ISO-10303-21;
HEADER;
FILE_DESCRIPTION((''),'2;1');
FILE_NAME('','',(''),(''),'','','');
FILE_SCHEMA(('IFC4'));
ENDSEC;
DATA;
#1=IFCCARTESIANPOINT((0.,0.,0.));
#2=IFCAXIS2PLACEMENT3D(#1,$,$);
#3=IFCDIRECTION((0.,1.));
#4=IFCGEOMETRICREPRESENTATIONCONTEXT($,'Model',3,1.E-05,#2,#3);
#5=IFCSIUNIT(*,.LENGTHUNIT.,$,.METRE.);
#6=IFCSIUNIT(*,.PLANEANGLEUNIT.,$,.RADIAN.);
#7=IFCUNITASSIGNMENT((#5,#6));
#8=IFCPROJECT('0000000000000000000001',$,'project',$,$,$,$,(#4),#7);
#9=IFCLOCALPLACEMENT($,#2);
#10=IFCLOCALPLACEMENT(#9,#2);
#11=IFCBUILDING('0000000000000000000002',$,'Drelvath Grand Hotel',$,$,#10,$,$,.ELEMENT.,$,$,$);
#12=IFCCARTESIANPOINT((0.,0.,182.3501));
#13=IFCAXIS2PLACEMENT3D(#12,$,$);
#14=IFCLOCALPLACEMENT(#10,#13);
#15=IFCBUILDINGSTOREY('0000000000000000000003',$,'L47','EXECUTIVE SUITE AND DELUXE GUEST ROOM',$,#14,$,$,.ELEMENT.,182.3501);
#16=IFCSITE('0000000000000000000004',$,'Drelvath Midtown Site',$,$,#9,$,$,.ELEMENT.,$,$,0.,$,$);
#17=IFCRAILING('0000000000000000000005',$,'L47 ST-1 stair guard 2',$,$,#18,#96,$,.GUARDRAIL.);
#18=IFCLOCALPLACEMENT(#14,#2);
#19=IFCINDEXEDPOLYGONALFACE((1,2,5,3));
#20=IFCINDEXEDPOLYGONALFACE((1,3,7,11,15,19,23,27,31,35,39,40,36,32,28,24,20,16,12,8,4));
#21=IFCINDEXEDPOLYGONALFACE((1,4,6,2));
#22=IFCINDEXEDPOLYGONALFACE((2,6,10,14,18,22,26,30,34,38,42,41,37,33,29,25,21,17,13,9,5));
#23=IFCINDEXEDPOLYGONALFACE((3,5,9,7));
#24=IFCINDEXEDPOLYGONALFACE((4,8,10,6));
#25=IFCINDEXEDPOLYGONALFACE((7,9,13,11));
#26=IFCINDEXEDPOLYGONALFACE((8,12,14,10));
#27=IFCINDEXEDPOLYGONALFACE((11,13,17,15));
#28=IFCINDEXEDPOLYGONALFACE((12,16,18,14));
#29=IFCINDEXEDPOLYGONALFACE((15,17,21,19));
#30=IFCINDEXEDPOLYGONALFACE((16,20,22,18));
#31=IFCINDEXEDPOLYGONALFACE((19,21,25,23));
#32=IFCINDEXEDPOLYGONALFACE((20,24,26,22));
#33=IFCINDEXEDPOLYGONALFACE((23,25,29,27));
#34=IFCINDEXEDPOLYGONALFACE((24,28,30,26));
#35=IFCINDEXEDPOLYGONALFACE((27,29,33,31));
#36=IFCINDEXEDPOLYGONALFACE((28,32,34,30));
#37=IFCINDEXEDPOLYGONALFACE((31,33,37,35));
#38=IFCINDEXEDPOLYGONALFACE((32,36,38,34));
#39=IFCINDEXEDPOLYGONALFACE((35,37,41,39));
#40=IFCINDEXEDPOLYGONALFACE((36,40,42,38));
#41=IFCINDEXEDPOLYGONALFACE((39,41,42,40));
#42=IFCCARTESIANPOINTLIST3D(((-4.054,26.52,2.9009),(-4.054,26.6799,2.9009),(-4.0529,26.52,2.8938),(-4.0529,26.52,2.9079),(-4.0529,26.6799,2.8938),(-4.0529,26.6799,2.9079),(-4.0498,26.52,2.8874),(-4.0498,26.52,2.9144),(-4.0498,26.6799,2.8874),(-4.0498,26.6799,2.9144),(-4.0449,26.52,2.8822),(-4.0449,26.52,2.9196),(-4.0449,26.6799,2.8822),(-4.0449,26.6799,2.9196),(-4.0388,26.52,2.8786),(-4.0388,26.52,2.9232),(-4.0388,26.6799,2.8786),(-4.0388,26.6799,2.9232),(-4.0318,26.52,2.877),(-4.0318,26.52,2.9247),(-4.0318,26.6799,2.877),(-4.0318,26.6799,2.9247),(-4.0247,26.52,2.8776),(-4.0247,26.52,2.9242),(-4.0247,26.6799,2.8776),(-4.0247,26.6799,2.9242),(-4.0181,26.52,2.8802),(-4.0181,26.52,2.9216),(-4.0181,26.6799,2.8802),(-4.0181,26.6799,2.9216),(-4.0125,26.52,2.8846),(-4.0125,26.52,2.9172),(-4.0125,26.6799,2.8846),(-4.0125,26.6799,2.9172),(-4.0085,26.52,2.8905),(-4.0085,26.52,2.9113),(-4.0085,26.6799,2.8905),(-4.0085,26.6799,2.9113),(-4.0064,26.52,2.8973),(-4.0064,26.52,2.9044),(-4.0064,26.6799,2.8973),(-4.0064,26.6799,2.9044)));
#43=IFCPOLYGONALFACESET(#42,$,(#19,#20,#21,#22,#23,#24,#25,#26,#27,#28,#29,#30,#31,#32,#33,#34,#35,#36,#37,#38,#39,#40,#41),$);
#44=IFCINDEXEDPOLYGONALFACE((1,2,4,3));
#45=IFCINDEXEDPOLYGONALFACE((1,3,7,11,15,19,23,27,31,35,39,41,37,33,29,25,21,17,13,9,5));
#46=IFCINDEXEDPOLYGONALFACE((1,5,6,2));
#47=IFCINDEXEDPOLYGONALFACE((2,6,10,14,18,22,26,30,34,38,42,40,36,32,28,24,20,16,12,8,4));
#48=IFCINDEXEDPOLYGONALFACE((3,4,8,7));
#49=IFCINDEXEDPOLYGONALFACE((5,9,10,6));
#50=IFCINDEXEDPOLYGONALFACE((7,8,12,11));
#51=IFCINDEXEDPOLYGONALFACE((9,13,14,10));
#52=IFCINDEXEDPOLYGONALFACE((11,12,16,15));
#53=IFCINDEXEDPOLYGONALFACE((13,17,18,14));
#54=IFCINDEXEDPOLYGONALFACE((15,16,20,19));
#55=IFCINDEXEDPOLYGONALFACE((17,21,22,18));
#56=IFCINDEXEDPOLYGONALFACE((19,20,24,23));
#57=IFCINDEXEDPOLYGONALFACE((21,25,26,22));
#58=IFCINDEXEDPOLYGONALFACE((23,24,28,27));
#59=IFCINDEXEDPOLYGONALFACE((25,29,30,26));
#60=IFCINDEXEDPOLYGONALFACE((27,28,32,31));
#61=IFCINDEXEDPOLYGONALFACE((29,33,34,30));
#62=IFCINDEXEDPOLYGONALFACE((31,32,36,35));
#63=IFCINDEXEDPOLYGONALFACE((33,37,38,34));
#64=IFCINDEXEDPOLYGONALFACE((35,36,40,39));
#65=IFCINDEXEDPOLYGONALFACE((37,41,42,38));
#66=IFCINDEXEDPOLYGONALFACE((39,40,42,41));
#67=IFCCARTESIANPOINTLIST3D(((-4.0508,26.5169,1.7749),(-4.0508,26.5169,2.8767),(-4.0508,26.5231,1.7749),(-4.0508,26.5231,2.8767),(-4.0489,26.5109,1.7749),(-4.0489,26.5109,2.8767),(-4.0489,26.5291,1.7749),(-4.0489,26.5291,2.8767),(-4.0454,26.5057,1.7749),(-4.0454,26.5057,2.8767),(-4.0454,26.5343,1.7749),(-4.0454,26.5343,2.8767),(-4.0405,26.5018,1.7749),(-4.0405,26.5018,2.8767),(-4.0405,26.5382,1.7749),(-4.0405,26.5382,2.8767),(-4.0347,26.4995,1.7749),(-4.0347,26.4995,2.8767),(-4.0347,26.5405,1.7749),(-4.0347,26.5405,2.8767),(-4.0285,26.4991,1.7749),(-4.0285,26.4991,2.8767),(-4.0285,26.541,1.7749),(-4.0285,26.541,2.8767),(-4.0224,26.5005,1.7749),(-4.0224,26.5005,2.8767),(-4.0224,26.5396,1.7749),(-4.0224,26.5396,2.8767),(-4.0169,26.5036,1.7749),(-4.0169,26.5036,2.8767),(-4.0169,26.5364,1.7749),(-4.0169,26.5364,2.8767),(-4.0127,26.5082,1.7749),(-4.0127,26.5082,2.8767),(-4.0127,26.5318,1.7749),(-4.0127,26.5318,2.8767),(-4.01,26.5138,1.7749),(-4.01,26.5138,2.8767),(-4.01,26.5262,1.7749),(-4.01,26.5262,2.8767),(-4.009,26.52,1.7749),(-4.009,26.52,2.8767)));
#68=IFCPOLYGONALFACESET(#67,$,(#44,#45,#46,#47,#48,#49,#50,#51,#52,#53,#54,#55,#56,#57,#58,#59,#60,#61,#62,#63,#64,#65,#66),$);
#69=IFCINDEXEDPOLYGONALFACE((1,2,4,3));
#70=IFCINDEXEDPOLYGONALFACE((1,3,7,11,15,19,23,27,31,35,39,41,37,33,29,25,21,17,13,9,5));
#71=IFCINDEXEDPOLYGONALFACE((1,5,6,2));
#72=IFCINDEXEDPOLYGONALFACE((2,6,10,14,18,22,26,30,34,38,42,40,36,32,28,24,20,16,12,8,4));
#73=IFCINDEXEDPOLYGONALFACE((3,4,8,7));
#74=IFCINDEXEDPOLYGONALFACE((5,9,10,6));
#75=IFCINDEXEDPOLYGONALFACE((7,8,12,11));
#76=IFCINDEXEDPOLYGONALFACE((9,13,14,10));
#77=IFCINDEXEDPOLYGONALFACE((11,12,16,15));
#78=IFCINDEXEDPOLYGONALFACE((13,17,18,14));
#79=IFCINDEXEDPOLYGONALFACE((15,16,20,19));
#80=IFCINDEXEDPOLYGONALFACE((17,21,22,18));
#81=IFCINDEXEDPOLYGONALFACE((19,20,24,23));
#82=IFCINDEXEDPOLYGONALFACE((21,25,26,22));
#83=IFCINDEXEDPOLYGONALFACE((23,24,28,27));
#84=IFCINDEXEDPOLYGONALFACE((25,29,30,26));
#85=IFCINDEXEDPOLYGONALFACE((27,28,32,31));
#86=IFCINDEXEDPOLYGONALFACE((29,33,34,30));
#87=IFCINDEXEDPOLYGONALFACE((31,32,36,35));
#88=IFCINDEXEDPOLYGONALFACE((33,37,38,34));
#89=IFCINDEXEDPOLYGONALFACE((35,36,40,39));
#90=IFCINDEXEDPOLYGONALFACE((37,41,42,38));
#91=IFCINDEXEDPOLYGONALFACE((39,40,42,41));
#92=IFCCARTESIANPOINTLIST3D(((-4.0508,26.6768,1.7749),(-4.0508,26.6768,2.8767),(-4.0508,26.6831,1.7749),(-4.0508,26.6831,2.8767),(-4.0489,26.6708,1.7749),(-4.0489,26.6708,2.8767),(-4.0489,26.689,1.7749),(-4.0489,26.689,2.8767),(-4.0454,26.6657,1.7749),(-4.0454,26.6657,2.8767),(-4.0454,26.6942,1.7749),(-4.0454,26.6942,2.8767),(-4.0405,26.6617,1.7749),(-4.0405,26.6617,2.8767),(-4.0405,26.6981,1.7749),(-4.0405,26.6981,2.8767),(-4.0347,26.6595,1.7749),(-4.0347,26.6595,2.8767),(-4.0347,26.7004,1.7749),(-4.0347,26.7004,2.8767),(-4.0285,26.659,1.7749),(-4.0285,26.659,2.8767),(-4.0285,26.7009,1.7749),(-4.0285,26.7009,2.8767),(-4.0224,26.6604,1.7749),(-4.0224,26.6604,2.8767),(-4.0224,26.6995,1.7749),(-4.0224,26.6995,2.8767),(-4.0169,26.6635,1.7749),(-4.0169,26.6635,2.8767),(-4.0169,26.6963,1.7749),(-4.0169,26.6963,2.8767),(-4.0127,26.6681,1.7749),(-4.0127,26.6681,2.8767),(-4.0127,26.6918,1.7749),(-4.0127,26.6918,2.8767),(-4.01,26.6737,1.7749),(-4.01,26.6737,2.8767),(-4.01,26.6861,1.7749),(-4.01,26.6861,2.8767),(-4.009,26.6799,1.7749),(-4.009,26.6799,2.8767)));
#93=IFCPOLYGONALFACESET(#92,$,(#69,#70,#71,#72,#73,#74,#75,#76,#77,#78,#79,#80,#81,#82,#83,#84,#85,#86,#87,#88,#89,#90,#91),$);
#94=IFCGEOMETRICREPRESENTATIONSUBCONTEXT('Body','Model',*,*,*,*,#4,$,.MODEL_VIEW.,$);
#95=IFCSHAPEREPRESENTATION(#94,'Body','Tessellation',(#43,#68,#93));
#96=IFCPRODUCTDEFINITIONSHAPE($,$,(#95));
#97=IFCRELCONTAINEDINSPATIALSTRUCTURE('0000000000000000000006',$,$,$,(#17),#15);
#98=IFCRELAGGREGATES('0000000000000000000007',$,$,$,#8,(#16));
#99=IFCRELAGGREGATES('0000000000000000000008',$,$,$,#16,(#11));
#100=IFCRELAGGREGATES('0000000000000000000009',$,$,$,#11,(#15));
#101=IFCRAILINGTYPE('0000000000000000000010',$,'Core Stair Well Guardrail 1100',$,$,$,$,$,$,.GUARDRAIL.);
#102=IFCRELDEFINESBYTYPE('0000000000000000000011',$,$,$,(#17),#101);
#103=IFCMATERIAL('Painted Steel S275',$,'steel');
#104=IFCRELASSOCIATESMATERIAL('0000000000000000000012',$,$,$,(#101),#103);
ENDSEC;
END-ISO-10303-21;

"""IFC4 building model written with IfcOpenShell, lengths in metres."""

from ifc_helpers import new_model, si_unit, direction, frame, origin, origin_2d, place, context, subcontext, project, spatial, circle, extrude, material, type_object, element, save


model = new_model("IFC4")

# Units and contexts
model_context = context("Model", 3, precision=1e-05, world=origin(), true_north=direction((0.0, 1.0)))
body_context = subcontext(model_context, "Body", "Model", "MODEL_VIEW")
ifc_project = project(units=[si_unit("LENGTHUNIT", "METRE"), si_unit("PLANEANGLEUNIT", "RADIAN")], contexts=[model_context])

# Site, building, storey
site_placement = place(None, origin())
site = spatial("IfcSite", under=ifc_project, at=site_placement, Name="Drelvath Midtown Site", CompositionType="ELEMENT", RefElevation=0.0)
building_placement = place(site_placement, origin())
building = spatial("IfcBuilding", under=site, at=building_placement, Name="Drelvath Grand Hotel", CompositionType="ELEMENT")
storey_placement = place(building_placement, frame((0.0, 0.0, 182.3501)))
storey = spatial("IfcBuildingStorey", under=building, at=storey_placement, Name="L47", Description="EXECUTIVE SUITE AND DELUXE GUEST ROOM", CompositionType="ELEMENT", Elevation=182.3501)

# Shared definitions
ifc_material_1 = material(Name="Painted Steel S275", Category="steel")

# Railing
railing_type_1 = type_object("IfcRailingType", Name="Core Stair Well Guardrail 1100", PredefinedType="GUARDRAIL", material=ifc_material_1)
railing_1_placement = place(storey_placement, frame((-4.03, 26.52, 1.7749)))
element("IfcRailing", 1, at=railing_1_placement, inside=storey, type_object=railing_type_1, Name="L47 ST-1 stair guard 2", PredefinedType="GUARDRAIL", context=body_context, shape_type="SweptSolid", body=[
    extrude(circle(Radius=0.0239, at=origin_2d()), frame((0.0, 0.0, 1.126), z_axis=(0.0, 1.0, 0.0), x_axis=(-1.0, 0.0, 0.0)), (0.0, 0.0, 1.0), 0.1599),
    extrude(circle(Radius=0.021, at=origin_2d()), origin(), (0.0, 0.0, 1.0), 1.1018),
    extrude(circle(Radius=0.021, at=origin_2d()), frame((0.0, 0.1599, 0.0)), (0.0, 0.0, 1.0), 1.1018),
])

save(model, "model.ifc")
